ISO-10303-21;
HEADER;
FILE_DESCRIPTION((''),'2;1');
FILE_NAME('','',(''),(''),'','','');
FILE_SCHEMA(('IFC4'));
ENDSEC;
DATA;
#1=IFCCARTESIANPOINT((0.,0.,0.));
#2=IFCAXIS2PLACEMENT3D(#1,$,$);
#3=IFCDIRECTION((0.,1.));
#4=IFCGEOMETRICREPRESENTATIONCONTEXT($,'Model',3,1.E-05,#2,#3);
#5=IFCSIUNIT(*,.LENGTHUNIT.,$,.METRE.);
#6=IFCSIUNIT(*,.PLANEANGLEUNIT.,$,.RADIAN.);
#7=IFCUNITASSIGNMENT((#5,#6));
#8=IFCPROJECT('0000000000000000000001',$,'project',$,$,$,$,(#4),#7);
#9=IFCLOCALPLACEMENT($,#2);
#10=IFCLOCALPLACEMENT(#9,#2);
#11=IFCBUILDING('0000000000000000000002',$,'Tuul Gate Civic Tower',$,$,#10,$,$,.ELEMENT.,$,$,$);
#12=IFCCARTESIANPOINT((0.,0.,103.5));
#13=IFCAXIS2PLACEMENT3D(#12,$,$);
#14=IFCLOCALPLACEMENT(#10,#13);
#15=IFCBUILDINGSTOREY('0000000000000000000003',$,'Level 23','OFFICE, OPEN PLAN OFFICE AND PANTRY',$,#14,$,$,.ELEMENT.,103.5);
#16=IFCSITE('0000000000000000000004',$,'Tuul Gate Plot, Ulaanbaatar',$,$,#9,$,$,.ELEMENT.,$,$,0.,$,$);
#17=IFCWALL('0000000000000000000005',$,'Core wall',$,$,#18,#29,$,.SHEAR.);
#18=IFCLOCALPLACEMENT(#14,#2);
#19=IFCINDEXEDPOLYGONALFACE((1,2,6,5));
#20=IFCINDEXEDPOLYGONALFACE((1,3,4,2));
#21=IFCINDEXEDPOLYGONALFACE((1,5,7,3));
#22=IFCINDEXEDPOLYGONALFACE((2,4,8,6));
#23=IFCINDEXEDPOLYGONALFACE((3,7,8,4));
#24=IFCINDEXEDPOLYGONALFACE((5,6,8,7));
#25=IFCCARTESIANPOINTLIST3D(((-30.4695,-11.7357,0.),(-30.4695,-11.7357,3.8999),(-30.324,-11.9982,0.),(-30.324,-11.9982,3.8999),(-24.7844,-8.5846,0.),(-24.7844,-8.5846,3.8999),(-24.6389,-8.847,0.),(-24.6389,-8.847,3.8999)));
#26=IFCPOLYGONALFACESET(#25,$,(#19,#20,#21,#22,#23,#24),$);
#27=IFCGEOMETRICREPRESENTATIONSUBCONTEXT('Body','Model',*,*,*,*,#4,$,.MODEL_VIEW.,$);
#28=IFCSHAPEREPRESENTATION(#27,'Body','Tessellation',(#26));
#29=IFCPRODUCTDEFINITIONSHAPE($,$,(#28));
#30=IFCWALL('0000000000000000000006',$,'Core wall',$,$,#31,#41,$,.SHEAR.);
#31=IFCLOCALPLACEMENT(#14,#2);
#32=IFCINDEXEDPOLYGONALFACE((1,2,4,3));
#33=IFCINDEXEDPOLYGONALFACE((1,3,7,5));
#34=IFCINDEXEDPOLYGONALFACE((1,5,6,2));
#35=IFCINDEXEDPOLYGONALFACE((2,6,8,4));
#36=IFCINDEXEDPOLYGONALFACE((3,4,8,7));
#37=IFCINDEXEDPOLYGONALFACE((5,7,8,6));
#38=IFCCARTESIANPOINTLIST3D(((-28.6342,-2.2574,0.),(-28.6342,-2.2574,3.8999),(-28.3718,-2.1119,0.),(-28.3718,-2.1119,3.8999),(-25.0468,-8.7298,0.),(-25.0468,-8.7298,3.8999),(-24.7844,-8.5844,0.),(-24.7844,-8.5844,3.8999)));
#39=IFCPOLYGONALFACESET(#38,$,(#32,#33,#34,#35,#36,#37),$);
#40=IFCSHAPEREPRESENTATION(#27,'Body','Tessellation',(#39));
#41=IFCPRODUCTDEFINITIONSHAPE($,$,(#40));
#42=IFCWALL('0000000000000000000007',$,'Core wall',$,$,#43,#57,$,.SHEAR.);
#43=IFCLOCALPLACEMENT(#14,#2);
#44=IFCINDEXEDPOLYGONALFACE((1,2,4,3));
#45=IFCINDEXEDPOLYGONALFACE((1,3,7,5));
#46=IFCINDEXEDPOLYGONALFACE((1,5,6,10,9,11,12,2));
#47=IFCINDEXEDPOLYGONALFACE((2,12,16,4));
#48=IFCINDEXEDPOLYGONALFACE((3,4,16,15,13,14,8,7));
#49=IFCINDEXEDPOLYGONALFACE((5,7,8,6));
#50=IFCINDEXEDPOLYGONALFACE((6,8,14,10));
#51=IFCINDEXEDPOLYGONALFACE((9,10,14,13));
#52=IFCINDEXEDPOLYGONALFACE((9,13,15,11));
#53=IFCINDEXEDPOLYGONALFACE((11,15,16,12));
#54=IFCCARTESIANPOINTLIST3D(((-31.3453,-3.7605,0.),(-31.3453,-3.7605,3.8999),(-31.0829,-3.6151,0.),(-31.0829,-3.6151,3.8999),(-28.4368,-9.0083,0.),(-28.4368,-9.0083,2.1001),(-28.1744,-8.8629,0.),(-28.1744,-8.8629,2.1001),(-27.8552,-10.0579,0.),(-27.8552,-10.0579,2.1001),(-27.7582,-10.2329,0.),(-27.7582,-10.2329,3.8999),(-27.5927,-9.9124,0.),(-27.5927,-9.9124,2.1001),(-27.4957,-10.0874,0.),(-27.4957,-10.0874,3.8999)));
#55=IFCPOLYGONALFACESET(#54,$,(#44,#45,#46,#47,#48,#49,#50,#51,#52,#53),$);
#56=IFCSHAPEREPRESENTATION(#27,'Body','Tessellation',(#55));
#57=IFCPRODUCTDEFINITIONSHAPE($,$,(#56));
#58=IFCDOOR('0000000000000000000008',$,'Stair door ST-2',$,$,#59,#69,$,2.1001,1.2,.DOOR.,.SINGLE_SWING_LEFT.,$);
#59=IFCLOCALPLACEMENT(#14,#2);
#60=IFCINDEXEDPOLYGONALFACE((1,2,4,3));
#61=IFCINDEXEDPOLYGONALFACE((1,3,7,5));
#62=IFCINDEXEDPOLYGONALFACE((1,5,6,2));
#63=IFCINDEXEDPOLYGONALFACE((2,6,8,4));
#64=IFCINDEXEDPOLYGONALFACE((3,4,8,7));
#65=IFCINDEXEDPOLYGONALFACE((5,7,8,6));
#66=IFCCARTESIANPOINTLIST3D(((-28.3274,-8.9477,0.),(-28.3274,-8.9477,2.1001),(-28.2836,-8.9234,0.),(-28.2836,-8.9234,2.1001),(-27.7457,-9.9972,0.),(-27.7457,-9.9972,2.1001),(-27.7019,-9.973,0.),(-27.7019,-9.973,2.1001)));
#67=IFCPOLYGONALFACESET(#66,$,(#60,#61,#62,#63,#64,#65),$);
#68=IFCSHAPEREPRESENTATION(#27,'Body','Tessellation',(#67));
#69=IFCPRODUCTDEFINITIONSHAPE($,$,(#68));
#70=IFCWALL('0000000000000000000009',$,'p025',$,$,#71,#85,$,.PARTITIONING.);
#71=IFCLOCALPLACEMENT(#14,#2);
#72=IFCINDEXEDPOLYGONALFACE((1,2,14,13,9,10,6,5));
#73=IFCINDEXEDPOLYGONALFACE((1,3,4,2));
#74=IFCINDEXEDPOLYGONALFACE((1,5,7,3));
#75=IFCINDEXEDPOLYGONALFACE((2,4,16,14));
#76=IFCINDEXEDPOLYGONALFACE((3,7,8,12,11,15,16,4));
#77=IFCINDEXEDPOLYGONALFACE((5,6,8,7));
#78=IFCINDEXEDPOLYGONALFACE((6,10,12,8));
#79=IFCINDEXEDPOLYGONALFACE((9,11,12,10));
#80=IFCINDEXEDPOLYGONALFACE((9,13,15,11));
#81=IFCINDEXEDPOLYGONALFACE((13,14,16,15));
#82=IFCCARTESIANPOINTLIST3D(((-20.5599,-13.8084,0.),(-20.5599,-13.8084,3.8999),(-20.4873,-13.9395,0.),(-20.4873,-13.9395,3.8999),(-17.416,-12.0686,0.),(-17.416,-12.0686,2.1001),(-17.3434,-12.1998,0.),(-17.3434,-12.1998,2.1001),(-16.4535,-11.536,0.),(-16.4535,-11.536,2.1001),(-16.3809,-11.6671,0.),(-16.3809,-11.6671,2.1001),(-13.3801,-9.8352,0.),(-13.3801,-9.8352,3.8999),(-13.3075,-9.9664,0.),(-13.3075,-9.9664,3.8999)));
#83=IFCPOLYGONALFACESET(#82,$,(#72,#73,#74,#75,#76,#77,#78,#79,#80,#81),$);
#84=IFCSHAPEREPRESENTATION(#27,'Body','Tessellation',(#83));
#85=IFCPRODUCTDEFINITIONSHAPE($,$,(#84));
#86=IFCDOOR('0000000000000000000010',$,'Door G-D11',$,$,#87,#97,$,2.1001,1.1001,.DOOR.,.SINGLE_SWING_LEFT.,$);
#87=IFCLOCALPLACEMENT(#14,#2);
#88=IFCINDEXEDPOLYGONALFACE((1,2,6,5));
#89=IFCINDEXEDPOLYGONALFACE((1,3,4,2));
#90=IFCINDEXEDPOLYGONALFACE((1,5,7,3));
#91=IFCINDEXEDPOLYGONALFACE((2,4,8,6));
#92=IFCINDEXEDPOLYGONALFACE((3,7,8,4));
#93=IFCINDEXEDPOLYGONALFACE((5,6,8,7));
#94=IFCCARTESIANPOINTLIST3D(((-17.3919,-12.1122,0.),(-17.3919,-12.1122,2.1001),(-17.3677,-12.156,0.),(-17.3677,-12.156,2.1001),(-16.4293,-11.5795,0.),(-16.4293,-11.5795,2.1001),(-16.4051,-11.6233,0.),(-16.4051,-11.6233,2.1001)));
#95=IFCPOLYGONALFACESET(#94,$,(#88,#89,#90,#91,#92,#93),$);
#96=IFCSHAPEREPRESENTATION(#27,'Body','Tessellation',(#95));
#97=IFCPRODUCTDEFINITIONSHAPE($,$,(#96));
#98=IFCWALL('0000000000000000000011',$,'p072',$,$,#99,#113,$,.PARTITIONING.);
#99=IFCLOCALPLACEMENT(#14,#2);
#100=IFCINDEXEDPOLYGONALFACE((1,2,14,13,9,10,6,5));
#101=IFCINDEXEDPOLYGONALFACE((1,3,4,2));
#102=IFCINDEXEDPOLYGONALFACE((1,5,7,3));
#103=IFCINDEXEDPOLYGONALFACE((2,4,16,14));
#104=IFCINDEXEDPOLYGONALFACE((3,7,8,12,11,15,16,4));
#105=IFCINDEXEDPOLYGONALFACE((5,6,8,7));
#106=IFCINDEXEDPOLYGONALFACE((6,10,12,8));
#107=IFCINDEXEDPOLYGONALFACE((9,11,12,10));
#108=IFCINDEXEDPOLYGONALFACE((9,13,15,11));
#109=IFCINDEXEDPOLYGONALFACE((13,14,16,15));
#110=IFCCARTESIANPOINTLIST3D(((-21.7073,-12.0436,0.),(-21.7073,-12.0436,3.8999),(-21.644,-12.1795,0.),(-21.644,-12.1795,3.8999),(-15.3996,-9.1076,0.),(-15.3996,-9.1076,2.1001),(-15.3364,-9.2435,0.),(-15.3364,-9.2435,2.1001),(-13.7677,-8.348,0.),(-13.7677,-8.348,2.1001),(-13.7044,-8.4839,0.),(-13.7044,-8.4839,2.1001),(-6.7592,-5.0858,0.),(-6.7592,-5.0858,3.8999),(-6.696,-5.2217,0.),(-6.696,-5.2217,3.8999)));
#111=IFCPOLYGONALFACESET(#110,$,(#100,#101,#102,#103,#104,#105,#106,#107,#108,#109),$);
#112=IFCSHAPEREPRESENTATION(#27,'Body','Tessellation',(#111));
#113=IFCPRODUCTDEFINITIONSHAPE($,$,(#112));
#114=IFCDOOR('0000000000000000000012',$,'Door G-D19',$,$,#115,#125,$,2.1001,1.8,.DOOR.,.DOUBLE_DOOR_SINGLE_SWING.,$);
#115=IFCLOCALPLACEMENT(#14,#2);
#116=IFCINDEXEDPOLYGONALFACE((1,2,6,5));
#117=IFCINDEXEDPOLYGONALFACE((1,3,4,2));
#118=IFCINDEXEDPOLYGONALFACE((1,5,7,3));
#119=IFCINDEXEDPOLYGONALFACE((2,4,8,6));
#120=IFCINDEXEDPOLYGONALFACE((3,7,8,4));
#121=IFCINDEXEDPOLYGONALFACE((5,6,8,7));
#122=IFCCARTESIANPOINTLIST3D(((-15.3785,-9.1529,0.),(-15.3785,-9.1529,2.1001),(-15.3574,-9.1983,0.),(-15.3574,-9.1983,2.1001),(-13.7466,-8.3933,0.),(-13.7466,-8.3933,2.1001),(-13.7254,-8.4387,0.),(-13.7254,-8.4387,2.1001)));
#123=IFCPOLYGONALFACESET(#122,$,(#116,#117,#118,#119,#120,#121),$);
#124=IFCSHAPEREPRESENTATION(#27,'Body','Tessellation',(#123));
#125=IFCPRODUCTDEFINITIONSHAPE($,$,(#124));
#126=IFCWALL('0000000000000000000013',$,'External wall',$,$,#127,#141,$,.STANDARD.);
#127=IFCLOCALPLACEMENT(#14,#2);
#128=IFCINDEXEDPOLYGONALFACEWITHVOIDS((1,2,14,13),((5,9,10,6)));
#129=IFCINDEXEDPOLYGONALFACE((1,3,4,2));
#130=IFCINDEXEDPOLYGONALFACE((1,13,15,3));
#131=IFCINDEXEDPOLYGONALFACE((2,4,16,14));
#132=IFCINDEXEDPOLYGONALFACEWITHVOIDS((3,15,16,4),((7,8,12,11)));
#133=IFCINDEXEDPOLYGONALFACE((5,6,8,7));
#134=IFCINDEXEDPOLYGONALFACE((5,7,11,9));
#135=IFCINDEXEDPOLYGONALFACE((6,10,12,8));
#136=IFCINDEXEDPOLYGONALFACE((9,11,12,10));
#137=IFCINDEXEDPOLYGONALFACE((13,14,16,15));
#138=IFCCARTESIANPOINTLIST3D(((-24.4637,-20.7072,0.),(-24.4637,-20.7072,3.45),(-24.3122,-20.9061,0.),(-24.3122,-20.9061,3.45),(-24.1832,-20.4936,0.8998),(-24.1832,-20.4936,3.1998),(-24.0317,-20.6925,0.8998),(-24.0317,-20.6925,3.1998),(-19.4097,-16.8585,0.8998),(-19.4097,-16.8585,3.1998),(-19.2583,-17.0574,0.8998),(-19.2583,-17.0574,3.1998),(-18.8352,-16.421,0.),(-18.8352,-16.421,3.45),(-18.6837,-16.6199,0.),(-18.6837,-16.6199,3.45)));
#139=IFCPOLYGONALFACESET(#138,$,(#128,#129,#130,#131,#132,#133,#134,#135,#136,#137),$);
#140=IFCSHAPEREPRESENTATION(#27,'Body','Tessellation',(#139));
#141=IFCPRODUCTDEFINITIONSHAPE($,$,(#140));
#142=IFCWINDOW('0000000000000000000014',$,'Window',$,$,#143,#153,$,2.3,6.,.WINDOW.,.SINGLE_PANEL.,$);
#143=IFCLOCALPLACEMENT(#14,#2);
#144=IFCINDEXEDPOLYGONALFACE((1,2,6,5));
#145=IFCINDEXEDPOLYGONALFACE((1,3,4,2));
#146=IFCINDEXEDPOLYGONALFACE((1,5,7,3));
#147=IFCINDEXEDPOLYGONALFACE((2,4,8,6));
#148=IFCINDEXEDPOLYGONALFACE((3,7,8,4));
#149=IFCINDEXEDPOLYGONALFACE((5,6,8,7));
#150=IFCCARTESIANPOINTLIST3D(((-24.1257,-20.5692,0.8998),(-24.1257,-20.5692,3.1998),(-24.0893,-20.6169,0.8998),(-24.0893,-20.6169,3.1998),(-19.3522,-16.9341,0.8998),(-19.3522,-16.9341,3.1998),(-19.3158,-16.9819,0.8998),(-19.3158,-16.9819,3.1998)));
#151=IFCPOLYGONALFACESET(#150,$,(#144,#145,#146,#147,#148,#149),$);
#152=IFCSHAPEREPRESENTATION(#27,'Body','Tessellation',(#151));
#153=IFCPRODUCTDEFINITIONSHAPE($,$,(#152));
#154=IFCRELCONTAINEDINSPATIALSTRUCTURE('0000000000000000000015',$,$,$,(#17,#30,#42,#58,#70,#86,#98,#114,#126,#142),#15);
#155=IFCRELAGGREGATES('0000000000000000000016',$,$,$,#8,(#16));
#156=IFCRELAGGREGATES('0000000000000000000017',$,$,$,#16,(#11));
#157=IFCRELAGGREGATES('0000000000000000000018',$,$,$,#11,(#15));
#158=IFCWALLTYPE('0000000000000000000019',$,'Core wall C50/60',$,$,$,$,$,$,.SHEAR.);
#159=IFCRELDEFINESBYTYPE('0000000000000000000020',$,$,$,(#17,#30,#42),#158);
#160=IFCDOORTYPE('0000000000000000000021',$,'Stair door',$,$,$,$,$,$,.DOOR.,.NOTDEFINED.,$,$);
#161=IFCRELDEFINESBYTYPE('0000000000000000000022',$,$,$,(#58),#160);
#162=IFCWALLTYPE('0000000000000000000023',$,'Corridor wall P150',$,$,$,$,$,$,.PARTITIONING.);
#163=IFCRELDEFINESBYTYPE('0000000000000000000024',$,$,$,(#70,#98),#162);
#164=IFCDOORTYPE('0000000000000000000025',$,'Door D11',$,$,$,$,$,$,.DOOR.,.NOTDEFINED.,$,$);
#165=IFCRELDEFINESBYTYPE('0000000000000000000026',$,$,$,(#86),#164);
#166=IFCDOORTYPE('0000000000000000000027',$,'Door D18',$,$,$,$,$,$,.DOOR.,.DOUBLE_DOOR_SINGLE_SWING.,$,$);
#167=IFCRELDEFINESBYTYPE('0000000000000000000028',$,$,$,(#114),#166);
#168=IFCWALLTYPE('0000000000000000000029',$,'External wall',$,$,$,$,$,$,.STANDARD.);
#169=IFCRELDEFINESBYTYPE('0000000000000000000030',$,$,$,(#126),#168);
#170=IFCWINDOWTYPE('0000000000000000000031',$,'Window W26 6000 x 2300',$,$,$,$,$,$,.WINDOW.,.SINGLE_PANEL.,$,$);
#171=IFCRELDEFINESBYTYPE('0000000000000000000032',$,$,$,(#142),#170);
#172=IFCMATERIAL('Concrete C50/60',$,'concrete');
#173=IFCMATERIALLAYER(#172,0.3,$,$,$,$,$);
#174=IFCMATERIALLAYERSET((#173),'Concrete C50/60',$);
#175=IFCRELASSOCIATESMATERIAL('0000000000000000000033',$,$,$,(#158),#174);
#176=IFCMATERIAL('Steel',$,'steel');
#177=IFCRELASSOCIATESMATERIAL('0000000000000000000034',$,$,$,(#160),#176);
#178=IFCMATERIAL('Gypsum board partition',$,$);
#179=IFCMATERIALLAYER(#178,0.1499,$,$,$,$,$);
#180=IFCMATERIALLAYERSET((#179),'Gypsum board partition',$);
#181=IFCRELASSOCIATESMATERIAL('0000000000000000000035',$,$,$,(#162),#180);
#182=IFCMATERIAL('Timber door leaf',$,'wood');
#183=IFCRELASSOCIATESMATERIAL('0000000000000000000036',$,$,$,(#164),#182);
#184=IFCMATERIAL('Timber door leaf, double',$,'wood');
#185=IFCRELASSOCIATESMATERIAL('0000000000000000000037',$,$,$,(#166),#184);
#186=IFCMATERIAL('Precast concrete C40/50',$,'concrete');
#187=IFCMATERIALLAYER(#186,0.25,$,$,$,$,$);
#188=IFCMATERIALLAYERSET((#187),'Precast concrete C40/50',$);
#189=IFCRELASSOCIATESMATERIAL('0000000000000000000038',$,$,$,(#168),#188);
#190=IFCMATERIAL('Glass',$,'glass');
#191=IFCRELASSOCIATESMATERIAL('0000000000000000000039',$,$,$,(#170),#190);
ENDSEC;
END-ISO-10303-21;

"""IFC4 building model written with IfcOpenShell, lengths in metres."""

from ifc_helpers import new_model, si_unit, direction, frame, frame_2d, origin, place, context, subcontext, project, spatial, rectangle, extrude, material, layer, layer_set, type_object, element, fill, save


model = new_model("IFC4")

# Units and contexts
model_context = context("Model", 3, precision=1e-05, world=origin(), true_north=direction((0.0, 1.0)))
body_context = subcontext(model_context, "Body", "Model", "MODEL_VIEW")
ifc_project = project(units=[si_unit("LENGTHUNIT", "METRE"), si_unit("PLANEANGLEUNIT", "RADIAN")], contexts=[model_context])

# Site, building, storey
site_placement = place(None, origin())
site = spatial("IfcSite", under=ifc_project, at=site_placement, Name="Tuul Gate Plot, Ulaanbaatar", CompositionType="ELEMENT", RefElevation=0.0)
building_placement = place(site_placement, origin())
building = spatial("IfcBuilding", under=site, at=building_placement, Name="Tuul Gate Civic Tower", CompositionType="ELEMENT")
storey_placement = place(building_placement, frame((0.0, 0.0, 103.5)))
storey = spatial("IfcBuildingStorey", under=building, at=storey_placement, Name="Level 23", Description="OFFICE, OPEN PLAN OFFICE AND PANTRY", CompositionType="ELEMENT", Elevation=103.5)

# Walls
ifc_material_1 = material(Name="Concrete C50/60", Category="concrete")
ifc_layer_1 = layer(ifc_material_1, 0.3)
ifc_layer_set_1 = layer_set([ifc_layer_1], Name="Concrete C50/60")
wall_type_1 = type_object("IfcWallType", Name="Core wall C50/60", PredefinedType="SHEAR", material=ifc_layer_set_1)
wall_1_placement = place(storey_placement, frame((-24.7117, -8.7158, 0.0), z_axis=(0.0, 0.0, 1.0), x_axis=(-0.87463, -0.484791, 0.0)))
element("IfcWall", 1, at=wall_1_placement, inside=storey, type_object=wall_type_1, Name="Core wall", PredefinedType="SHEAR", context=body_context, shape_type="SweptSolid", body=[
    extrude(rectangle(XDim=6.5, YDim=0.3, at=frame_2d((3.25, 0.0))), origin(), (0.0, 0.0, 1.0), 3.8999),
])
wall_2_placement = place(storey_placement, frame((-24.9155, -8.6572, 0.0), z_axis=(0.0, 0.0, 1.0), x_axis=(-0.484777, 0.874638, 0.0)))
element("IfcWall", 2, at=wall_2_placement, inside=storey, type_object=wall_type_1, Name="Core wall", PredefinedType="SHEAR", context=body_context, shape_type="SweptSolid", body=[
    extrude(rectangle(XDim=7.4001, YDim=0.3, at=frame_2d((3.7002, 0.0))), origin(), (0.0, 0.0, 1.0), 3.8999),
])

# Walls, openings, doors
wall_3_placement = place(storey_placement, frame((-27.627, -10.1602, 0.0), z_axis=(0.0, 0.0, 1.0), x_axis=(-0.484752, 0.874652, 0.0)))
wall_3 = element("IfcWall", 3, at=wall_3_placement, inside=storey, type_object=wall_type_1, Name="Core wall", PredefinedType="SHEAR", context=body_context, shape_type="SweptSolid", body=[
    extrude(rectangle(XDim=7.3999, YDim=0.3, at=frame_2d((3.7, 0.0))), origin(), (0.0, 0.0, 1.0), 3.8999),
])
opening_1_placement = place(wall_3_placement, frame((0.2, 0.0, 0.0)))
opening_1 = element("IfcOpeningElement", 4, at=opening_1_placement, cuts=wall_3, PredefinedType="OPENING", context=body_context, shape_type="SweptSolid", body=[
    extrude(rectangle(XDim=1.2, YDim=2.1001, at=frame_2d((0.6001, 1.05))), frame((0.0, 0.1602, 0.0), z_axis=(0.0, -1.0, 0.0), x_axis=(1.0, 0.0, 0.0)), (0.0, 0.0, 1.0), 0.3201),
])
ifc_material_2 = material(Name="Steel", Category="steel")
door_type_1 = type_object("IfcDoorType", Name="Stair door", OperationType="NOTDEFINED", PredefinedType="DOOR", material=ifc_material_2)
door_1_placement = place(opening_1_placement, origin())
door_1 = element("IfcDoor", 5, at=door_1_placement, inside=storey, type_object=door_type_1, Name="Stair door ST-2", OperationType="SINGLE_SWING_LEFT", OverallHeight=2.1001, OverallWidth=1.2, PredefinedType="DOOR", context=body_context, shape_type="SweptSolid", body=[
    extrude(rectangle(XDim=1.2, YDim=2.1001, at=frame_2d((0.6001, 1.05))), frame((0.0, 0.0249, 0.0), z_axis=(0.0, -1.0, 0.0), x_axis=(1.0, 0.0, 0.0)), (0.0, 0.0, 1.0), 0.05),
])
fill(opening_1, door_1)
ifc_material_3 = material(Name="Gypsum board partition")
ifc_layer_2 = layer(ifc_material_3, 0.1499)
ifc_layer_set_2 = layer_set([ifc_layer_2], Name="Gypsum board partition")
wall_type_2 = type_object("IfcWallType", Name="Corridor wall P150", PredefinedType="PARTITIONING", material=ifc_layer_set_2)
wall_4_placement = place(storey_placement, frame((-20.5237, -13.874, 0.0), z_axis=(0.0, 0.0, 1.0), x_axis=(0.874962, 0.484192, 0.0)))
wall_4 = element("IfcWall", 6, at=wall_4_placement, inside=storey, type_object=wall_type_2, Name="p025", PredefinedType="PARTITIONING", context=body_context, shape_type="SweptSolid", body=[
    extrude(rectangle(XDim=8.2058, YDim=0.1499, at=frame_2d((4.103, 0.0))), origin(), (0.0, 0.0, 1.0), 3.8999),
])
opening_2_placement = place(wall_4_placement, frame((3.5933, 0.0, 0.0)))
opening_2 = element("IfcOpeningElement", 7, at=opening_2_placement, cuts=wall_4, PredefinedType="OPENING", context=body_context, shape_type="SweptSolid", body=[
    extrude(rectangle(XDim=1.1001, YDim=2.1001, at=frame_2d((0.55, 1.05))), frame((0.0, 0.085, 0.0), z_axis=(0.0, -1.0, 0.0), x_axis=(1.0, 0.0, 0.0)), (0.0, 0.0, 1.0), 0.1699),
])
ifc_material_4 = material(Name="Timber door leaf", Category="wood")
door_type_2 = type_object("IfcDoorType", Name="Door D11", OperationType="NOTDEFINED", PredefinedType="DOOR", material=ifc_material_4)
door_2_placement = place(opening_2_placement, frame((1.1001, 0.0, 0.0), z_axis=(0.0, 0.0, 1.0), x_axis=(-1.0, 0.0, 0.0)))
door_2 = element("IfcDoor", 8, at=door_2_placement, inside=storey, type_object=door_type_2, Name="Door G-D11", OperationType="SINGLE_SWING_LEFT", OverallHeight=2.1001, OverallWidth=1.1001, PredefinedType="DOOR", context=body_context, shape_type="SweptSolid", body=[
    extrude(rectangle(XDim=1.1001, YDim=2.1001, at=frame_2d((0.55, 1.05))), frame((0.0, 0.0249, 0.0), z_axis=(0.0, -1.0, 0.0), x_axis=(1.0, 0.0, 0.0)), (0.0, 0.0, 1.0), 0.05),
])
fill(opening_2, door_2)
wall_5_placement = place(storey_placement, frame((-21.6758, -12.1116, 0.0), z_axis=(0.0, 0.0, 1.0), x_axis=(0.9066, 0.42199, 0.0)))
wall_5 = element("IfcWall", 9, at=wall_5_placement, inside=storey, type_object=wall_type_2, Name="p072", PredefinedType="PARTITIONING", context=body_context, shape_type="SweptSolid", body=[
    extrude(rectangle(XDim=16.488, YDim=0.1499, at=frame_2d((8.2441, 0.0))), origin(), (0.0, 0.0, 1.0), 3.8999),
])
opening_3_placement = place(wall_5_placement, frame((6.9578, 0.0, 0.0)))
opening_3 = element("IfcOpeningElement", 10, at=opening_3_placement, cuts=wall_5, PredefinedType="OPENING", context=body_context, shape_type="SweptSolid", body=[
    extrude(rectangle(XDim=1.8, YDim=2.1001, at=frame_2d((0.8999, 1.05))), frame((0.0, 0.085, 0.0), z_axis=(0.0, -1.0, 0.0), x_axis=(1.0, 0.0, 0.0)), (0.0, 0.0, 1.0), 0.1699),
])
ifc_material_5 = material(Name="Timber door leaf, double", Category="wood")
door_type_3 = type_object("IfcDoorType", Name="Door D18", OperationType="DOUBLE_DOOR_SINGLE_SWING", PredefinedType="DOOR", material=ifc_material_5)
door_3_placement = place(opening_3_placement, origin())
door_3 = element("IfcDoor", 11, at=door_3_placement, inside=storey, type_object=door_type_3, Name="Door G-D19", OperationType="DOUBLE_DOOR_SINGLE_SWING", OverallHeight=2.1001, OverallWidth=1.8, PredefinedType="DOOR", context=body_context, shape_type="SweptSolid", body=[
    extrude(rectangle(XDim=1.8, YDim=2.1001, at=frame_2d((0.8999, 1.05))), frame((0.0, 0.0249, 0.0), z_axis=(0.0, -1.0, 0.0), x_axis=(1.0, 0.0, 0.0)), (0.0, 0.0, 1.0), 0.05),
])
fill(opening_3, door_3)

# Wall, opening, window
ifc_material_6 = material(Name="Precast concrete C40/50", Category="concrete")
ifc_layer_3 = layer(ifc_material_6, 0.25)
ifc_layer_set_3 = layer_set([ifc_layer_3], Name="Precast concrete C40/50")
wall_type_3 = type_object("IfcWallType", Name="External wall", PredefinedType="STANDARD", material=ifc_layer_set_3)
wall_6_placement = place(storey_placement, frame((-24.3879, -20.8066, 0.0), z_axis=(0.0, 0.0, 1.0), x_axis=(0.795581, 0.605848, 0.0)))
wall_6 = element("IfcWall", 12, at=wall_6_placement, inside=storey, type_object=wall_type_3, Name="External wall", PredefinedType="STANDARD", context=body_context, shape_type="SweptSolid", body=[
    extrude(rectangle(XDim=7.0747, YDim=0.25, at=frame_2d((3.5374, 0.0))), origin(), (0.0, 0.0, 1.0), 3.45),
])
opening_4_placement = place(wall_6_placement, frame((0.3525, 0.0, 0.8999)))
opening_4 = element("IfcOpeningElement", 13, at=opening_4_placement, cuts=wall_6, PredefinedType="OPENING", context=body_context, shape_type="SweptSolid", body=[
    extrude(rectangle(XDim=6.0, YDim=2.3, at=frame_2d((3.0, 1.1499))), frame((0.0, 0.135, 0.0), z_axis=(0.0, -1.0, 0.0), x_axis=(1.0, 0.0, 0.0)), (0.0, 0.0, 1.0), 0.27),
])
ifc_material_7 = material(Name="Glass", Category="glass")
window_type = type_object("IfcWindowType", Name="Window W26 6000 x 2300", PartitioningType="SINGLE_PANEL", PredefinedType="WINDOW", material=ifc_material_7)
window_1_placement = place(opening_4_placement, origin())
window_1 = element("IfcWindow", 14, at=window_1_placement, inside=storey, type_object=window_type, Name="Window", OverallHeight=2.3, OverallWidth=6.0, PartitioningType="SINGLE_PANEL", PredefinedType="WINDOW", context=body_context, shape_type="SweptSolid", body=[
    extrude(rectangle(XDim=6.0, YDim=2.3, at=frame_2d((3.0, 1.1499))), frame((0.0, 0.03, 0.0), z_axis=(0.0, -1.0, 0.0), x_axis=(1.0, 0.0, 0.0)), (0.0, 0.0, 1.0), 0.0601),
])
fill(opening_4, window_1)

save(model, "model.ifc")
